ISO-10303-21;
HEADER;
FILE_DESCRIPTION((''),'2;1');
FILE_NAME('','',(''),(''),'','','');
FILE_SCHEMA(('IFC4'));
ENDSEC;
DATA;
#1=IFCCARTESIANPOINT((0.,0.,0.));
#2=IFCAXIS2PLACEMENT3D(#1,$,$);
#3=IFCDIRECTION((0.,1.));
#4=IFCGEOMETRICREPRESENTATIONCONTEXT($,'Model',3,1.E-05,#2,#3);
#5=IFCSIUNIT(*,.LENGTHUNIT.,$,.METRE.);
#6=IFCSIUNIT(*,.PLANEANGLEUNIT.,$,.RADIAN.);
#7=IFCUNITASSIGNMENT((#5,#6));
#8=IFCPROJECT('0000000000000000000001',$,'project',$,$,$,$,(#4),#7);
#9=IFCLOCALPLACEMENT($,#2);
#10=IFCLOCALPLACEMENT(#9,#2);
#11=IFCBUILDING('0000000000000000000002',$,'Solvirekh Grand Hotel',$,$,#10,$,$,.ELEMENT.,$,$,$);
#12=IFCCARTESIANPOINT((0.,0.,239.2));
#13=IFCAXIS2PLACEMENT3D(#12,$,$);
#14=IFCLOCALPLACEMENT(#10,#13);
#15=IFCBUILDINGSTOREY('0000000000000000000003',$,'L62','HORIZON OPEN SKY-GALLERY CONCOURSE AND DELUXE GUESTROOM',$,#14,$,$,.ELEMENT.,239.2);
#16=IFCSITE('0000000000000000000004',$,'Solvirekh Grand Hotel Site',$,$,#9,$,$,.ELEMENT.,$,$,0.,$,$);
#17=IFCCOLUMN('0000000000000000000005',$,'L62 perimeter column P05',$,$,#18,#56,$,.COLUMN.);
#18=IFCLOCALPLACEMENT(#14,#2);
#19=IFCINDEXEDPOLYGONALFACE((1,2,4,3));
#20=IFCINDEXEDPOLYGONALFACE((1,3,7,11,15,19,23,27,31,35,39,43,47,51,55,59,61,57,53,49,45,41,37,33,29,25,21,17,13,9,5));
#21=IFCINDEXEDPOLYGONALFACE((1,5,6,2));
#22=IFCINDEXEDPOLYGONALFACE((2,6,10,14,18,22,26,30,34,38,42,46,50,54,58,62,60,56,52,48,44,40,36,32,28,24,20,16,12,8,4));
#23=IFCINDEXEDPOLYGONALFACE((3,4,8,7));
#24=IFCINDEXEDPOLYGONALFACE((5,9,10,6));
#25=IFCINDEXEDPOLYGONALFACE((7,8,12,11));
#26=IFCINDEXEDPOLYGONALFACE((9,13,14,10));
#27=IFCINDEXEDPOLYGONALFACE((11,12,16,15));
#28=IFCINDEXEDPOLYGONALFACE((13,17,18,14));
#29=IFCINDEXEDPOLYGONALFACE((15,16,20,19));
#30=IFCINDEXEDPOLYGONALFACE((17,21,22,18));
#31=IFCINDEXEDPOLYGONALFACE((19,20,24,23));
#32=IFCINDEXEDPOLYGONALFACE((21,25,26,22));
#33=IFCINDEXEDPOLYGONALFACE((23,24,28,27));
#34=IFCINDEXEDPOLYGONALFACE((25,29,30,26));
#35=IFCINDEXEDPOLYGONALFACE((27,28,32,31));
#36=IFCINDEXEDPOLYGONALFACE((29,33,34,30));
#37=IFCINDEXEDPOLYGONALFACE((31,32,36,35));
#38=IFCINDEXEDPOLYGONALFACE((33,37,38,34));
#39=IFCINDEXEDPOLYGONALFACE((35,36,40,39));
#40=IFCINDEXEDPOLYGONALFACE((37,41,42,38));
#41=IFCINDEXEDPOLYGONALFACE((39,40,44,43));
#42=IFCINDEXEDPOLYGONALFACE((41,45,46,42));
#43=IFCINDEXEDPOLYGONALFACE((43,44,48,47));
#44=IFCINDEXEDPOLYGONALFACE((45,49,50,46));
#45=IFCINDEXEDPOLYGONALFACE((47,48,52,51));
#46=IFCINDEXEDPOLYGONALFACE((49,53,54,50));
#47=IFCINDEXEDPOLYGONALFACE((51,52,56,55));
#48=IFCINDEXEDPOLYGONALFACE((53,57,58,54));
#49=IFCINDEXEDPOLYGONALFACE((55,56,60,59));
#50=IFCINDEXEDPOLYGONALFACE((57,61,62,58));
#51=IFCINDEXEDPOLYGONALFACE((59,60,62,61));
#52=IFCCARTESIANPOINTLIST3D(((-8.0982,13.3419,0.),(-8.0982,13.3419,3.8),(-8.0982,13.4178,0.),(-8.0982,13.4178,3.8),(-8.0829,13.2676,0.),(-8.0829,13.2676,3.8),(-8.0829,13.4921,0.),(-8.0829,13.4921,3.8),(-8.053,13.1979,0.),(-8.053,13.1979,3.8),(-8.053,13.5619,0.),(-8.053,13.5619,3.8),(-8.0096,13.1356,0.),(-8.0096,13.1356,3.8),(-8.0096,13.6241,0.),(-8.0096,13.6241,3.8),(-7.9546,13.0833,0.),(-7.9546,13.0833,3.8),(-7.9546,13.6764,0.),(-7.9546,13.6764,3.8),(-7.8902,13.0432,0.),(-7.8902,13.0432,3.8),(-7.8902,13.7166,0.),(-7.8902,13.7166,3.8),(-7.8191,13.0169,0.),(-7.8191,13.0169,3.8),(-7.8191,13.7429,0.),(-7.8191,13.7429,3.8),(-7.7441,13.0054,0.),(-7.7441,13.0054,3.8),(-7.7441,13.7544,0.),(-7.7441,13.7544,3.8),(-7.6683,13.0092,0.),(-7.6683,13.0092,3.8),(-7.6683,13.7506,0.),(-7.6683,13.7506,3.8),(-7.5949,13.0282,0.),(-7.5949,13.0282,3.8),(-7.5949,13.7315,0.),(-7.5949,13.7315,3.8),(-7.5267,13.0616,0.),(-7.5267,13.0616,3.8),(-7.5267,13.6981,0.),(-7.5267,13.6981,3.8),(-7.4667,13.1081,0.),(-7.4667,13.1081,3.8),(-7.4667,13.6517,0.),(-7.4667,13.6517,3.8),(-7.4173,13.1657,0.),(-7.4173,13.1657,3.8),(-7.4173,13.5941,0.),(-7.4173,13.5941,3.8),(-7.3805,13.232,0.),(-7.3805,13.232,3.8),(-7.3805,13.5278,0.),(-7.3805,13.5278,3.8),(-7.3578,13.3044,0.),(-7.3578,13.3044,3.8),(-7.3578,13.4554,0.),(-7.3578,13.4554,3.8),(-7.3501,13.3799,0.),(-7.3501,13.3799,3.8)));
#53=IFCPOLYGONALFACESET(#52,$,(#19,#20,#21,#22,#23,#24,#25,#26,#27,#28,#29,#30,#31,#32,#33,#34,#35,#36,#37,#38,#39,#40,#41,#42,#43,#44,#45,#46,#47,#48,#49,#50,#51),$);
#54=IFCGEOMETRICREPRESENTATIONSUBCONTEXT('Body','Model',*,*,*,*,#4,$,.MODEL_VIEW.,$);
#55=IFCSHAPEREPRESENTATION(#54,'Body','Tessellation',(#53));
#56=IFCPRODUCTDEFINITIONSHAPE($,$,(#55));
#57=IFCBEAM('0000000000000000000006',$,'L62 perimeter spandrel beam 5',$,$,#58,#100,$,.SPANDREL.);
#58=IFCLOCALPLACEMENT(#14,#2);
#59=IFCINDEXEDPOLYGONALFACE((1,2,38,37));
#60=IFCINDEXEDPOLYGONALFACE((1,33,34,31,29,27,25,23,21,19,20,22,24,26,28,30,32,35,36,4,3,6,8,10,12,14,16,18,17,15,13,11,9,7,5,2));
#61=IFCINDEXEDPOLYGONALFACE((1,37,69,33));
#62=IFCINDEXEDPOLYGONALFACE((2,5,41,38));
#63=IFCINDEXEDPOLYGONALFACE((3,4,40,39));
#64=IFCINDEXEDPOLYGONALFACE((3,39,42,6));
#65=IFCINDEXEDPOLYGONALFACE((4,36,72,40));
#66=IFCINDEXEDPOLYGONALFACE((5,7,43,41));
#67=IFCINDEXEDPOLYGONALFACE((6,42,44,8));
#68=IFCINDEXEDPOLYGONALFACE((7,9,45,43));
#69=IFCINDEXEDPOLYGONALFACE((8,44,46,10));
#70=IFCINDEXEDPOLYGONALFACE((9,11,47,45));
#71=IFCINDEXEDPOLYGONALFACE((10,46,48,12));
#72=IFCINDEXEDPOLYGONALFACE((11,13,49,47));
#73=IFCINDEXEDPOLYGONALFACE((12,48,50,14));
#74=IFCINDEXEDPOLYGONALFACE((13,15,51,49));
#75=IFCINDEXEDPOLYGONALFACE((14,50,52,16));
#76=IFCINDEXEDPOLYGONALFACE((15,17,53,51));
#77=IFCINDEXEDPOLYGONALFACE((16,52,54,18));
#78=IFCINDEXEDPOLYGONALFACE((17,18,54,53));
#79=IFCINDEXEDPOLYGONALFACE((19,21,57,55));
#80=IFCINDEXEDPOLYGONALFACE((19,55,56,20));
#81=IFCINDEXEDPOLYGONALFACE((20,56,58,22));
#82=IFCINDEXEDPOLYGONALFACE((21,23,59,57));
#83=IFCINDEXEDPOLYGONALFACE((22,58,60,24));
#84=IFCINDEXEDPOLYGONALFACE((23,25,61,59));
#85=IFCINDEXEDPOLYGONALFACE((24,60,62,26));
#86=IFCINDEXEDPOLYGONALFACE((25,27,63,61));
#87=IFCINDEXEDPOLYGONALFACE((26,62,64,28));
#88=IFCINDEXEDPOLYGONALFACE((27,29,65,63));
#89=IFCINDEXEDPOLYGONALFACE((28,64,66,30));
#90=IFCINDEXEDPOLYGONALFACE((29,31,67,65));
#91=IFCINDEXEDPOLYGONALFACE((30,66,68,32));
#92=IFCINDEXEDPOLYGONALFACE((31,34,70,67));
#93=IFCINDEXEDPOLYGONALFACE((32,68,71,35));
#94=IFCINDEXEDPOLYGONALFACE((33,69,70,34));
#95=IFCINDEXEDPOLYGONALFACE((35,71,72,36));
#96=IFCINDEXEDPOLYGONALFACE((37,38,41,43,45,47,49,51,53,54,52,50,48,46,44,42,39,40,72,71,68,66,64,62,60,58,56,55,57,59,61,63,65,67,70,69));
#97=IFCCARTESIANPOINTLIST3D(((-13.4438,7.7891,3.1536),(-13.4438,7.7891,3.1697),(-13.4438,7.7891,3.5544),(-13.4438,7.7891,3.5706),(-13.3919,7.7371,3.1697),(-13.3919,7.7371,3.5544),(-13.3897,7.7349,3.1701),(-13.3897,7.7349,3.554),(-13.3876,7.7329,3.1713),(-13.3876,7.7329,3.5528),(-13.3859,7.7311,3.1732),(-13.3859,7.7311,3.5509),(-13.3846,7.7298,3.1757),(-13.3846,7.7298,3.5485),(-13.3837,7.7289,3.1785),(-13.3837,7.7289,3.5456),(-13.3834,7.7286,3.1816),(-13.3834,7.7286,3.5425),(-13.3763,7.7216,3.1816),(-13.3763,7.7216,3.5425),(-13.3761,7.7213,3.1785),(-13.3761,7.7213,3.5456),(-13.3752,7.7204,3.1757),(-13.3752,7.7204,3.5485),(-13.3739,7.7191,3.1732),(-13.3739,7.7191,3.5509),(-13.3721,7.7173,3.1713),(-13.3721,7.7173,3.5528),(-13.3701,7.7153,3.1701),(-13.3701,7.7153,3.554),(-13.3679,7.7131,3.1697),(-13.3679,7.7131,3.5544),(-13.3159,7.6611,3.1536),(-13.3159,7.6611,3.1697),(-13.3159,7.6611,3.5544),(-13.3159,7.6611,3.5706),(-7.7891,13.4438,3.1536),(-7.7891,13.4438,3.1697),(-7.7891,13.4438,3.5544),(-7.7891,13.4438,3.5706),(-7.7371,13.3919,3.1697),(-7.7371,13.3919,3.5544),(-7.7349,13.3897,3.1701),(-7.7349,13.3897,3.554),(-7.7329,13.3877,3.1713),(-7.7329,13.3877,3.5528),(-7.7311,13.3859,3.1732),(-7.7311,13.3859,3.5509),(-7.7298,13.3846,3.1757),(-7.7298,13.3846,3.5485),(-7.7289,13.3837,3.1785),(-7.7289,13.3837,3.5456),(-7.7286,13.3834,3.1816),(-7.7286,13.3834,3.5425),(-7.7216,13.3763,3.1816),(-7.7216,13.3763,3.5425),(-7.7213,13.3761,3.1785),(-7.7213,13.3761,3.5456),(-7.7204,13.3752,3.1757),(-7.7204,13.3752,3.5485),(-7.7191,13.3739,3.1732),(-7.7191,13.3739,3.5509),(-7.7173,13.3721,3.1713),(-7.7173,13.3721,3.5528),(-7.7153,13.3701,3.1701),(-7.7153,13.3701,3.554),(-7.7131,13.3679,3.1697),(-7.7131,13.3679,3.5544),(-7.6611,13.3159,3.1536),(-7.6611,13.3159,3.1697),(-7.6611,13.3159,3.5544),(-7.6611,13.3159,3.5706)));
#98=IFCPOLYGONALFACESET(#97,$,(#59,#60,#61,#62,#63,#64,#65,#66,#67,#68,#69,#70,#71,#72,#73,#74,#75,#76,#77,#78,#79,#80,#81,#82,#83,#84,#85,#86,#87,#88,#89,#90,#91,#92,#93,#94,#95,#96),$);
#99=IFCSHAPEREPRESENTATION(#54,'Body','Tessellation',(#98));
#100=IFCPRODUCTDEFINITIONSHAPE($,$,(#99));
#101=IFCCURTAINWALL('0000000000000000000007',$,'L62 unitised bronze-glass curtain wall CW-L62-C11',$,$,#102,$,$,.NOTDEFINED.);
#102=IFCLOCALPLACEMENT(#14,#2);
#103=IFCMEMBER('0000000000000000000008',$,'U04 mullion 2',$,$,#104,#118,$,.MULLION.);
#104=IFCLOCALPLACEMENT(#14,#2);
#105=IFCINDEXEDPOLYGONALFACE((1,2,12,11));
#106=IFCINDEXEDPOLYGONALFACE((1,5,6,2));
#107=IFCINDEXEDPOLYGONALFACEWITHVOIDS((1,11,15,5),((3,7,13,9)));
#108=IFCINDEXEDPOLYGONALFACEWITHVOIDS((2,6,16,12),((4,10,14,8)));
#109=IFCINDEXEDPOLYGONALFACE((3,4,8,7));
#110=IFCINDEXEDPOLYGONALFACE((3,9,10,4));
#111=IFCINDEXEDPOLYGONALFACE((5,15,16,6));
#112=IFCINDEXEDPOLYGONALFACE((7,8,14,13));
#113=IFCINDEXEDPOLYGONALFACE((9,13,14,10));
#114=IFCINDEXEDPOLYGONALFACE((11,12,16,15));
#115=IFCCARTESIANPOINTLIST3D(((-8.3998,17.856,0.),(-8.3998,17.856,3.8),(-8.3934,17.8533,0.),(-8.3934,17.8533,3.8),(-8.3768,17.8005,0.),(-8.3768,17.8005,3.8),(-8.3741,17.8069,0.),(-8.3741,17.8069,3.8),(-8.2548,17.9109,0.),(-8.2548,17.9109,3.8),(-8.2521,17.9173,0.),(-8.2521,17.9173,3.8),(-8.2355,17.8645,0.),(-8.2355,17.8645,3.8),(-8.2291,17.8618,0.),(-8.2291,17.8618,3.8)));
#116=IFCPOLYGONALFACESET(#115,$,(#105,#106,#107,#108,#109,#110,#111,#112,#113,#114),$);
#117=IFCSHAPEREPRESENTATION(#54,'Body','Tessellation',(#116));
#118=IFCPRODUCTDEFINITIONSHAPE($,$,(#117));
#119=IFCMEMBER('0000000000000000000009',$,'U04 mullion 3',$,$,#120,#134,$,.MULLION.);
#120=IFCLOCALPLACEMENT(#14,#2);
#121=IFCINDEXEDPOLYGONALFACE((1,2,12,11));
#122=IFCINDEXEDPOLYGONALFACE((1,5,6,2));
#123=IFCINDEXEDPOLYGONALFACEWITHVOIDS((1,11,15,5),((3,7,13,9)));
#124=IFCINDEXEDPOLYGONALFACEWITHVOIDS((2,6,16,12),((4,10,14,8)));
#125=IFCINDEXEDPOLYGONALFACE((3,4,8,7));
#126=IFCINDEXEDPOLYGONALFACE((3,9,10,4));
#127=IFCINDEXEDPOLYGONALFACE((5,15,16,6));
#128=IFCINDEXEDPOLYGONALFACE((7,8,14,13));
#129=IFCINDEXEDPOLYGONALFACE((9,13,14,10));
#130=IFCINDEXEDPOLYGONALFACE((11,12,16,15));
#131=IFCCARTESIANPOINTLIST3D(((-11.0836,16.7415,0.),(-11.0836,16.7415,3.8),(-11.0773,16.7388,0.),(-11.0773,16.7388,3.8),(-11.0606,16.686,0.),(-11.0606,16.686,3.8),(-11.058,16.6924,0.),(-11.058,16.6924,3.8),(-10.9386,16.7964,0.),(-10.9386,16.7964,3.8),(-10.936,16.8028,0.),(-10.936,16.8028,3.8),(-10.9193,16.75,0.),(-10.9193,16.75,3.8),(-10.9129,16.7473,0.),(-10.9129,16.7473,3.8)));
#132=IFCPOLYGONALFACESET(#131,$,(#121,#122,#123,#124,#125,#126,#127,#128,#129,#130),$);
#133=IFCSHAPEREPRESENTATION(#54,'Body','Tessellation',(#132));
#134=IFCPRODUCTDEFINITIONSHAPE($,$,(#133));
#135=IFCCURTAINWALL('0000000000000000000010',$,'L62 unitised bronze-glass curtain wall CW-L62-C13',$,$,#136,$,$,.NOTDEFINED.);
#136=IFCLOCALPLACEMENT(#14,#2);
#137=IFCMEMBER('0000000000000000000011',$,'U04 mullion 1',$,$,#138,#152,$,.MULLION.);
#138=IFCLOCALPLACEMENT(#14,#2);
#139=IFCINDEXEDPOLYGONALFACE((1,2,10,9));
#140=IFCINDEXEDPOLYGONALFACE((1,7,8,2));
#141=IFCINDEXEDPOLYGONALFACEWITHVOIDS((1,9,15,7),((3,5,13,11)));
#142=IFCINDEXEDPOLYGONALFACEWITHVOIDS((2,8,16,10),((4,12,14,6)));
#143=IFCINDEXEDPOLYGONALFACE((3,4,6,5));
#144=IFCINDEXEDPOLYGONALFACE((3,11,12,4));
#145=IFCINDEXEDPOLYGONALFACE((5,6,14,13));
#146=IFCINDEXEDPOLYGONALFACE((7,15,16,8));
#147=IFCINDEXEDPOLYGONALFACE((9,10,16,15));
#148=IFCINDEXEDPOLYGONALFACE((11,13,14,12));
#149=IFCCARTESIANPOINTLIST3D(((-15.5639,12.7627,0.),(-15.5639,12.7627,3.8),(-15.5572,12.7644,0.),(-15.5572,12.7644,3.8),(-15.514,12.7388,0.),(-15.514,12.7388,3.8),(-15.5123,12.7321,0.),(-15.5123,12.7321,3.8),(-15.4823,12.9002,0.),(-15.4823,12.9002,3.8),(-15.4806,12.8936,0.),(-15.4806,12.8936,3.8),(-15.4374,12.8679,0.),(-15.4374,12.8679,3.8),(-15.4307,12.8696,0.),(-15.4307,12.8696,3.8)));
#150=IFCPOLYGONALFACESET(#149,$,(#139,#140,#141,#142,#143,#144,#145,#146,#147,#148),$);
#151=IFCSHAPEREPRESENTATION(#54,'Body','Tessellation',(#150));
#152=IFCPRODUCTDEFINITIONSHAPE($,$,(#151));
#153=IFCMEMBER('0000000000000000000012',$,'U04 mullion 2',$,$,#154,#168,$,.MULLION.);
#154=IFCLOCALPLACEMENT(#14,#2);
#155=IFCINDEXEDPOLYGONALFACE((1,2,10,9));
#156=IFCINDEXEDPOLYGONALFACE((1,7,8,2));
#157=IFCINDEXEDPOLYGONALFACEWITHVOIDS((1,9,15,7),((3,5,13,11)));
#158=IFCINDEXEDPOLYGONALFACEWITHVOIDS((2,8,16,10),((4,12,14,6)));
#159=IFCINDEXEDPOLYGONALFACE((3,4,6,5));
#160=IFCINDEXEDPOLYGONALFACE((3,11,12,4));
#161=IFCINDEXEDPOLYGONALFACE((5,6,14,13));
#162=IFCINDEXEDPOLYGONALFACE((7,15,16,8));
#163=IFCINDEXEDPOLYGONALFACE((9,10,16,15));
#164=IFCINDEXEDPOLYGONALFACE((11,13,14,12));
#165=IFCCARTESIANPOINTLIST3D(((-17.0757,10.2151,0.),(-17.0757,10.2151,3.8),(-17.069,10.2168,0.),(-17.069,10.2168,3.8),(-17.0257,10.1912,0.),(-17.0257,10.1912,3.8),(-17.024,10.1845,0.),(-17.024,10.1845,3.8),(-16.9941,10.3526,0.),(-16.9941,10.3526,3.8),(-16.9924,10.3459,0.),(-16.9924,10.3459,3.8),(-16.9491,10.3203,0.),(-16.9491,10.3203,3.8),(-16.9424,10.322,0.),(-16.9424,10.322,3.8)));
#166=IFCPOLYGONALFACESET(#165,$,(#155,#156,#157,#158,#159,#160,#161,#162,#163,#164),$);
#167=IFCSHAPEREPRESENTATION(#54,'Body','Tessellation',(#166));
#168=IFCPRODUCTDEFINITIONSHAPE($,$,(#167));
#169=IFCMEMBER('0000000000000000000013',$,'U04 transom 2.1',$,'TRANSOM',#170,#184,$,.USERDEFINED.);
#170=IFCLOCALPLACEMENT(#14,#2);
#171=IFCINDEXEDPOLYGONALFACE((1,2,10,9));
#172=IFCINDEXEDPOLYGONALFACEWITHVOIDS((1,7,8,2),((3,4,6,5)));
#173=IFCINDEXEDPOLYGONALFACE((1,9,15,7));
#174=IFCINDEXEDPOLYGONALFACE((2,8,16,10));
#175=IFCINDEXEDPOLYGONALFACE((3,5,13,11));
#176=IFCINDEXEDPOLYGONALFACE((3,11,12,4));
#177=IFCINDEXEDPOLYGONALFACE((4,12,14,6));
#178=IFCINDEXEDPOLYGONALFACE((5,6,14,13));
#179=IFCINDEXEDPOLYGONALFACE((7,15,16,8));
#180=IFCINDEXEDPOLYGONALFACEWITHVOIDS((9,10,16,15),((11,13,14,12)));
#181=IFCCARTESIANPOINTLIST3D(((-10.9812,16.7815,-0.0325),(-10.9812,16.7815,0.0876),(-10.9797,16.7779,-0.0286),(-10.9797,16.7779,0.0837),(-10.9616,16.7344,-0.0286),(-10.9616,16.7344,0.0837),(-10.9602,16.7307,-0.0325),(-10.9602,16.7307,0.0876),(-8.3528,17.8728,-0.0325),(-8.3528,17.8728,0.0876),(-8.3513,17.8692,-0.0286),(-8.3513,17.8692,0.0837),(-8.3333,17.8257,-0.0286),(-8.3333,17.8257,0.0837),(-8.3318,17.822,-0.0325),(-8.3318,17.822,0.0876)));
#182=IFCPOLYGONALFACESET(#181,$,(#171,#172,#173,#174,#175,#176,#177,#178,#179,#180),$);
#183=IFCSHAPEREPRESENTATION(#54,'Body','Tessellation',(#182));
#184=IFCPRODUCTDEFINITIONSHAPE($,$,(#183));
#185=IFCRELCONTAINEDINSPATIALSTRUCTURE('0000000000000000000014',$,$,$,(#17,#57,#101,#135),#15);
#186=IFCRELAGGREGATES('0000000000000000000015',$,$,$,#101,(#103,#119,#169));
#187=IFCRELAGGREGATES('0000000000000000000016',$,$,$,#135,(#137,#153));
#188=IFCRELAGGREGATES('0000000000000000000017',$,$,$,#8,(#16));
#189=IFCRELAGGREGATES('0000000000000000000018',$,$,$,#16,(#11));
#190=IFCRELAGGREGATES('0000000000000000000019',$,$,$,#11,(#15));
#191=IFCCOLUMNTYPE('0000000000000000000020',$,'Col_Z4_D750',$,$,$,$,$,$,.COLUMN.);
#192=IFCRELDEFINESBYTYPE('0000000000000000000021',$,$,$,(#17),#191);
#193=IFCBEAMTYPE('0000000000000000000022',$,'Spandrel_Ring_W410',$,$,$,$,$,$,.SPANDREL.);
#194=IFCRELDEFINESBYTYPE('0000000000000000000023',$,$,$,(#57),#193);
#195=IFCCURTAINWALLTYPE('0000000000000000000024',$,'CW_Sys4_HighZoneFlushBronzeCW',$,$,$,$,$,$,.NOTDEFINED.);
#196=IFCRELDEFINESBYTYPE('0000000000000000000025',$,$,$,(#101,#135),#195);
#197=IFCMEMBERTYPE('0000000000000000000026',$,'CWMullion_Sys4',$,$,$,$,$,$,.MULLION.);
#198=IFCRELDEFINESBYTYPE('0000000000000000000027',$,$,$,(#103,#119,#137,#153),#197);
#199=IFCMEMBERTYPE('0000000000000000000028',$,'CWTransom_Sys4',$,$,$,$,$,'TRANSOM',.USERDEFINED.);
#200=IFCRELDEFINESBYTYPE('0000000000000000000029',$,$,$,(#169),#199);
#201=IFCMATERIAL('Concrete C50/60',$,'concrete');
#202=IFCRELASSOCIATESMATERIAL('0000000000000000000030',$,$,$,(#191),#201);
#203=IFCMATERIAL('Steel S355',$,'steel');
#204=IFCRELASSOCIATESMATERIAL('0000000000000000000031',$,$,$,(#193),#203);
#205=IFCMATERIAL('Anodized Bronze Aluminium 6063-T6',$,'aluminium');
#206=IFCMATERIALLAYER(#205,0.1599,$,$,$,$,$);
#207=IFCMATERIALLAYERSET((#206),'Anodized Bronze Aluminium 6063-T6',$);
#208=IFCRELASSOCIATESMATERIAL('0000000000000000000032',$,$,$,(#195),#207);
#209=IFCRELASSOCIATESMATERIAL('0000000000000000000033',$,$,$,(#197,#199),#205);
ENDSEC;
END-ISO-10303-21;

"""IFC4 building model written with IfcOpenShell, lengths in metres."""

from ifc_helpers import new_model, si_unit, direction, frame, origin, origin_2d, place, context, subcontext, project, spatial, hollow_rectangle, circle, i_section, extrude, source, transform, mapped, material, layer, layer_set, material_profile, profile_set, type_object, element, aggregate, save


model = new_model("IFC4")

# Units and contexts
model_context = context("Model", 3, precision=1e-05, world=origin(), true_north=direction((0.0, 1.0)))
body_context = subcontext(model_context, "Body", "Model", "MODEL_VIEW")
ifc_project = project(units=[si_unit("LENGTHUNIT", "METRE"), si_unit("PLANEANGLEUNIT", "RADIAN")], contexts=[model_context])

# Site, building, storey
site_placement = place(None, origin())
site = spatial("IfcSite", under=ifc_project, at=site_placement, Name="Solvirekh Grand Hotel Site", CompositionType="ELEMENT", RefElevation=0.0)
building_placement = place(site_placement, origin())
building = spatial("IfcBuilding", under=site, at=building_placement, Name="Solvirekh Grand Hotel", CompositionType="ELEMENT")
storey_placement = place(building_placement, frame((0.0, 0.0, 239.2)))
storey = spatial("IfcBuildingStorey", under=building, at=storey_placement, Name="L62", Description="HORIZON OPEN SKY-GALLERY CONCOURSE AND DELUXE GUESTROOM", CompositionType="ELEMENT", Elevation=239.2)

# Column
ifc_material_1 = material(Name="Concrete C50/60", Category="concrete")
ifc_material_profile_1 = material_profile(ifc_material_1, circle(Radius=0.375, at=origin_2d()), Name="RC CIRC D750")
ifc_profile_set_1 = profile_set([ifc_material_profile_1], Name="Concrete C50/60")
column_type = type_object("IfcColumnType", Name="Col_Z4_D750", PredefinedType="COLUMN", material=ifc_profile_set_1)
column_placement = place(storey_placement, frame((-7.7251, 13.3799, 0.0), z_axis=(0.0, 0.0, 1.0), x_axis=(1.0, 0.0, 0.0)))
element("IfcColumn", 1, at=column_placement, inside=storey, type_object=column_type, Name="L62 perimeter column P05", PredefinedType="COLUMN", context=body_context, shape_type="SweptSolid", body=[
    extrude(circle(Radius=0.375, at=origin_2d()), origin(), (0.0, 0.0, 1.0), 3.8),
])

# Beam
ifc_material_2 = material(Name="Steel S355", Category="steel")
ifc_material_profile_2 = material_profile(ifc_material_2, i_section(OverallWidth=0.1809, OverallDepth=0.417, WebThickness=0.01, FlangeThickness=0.0161, FilletRadius=0.012, at=origin_2d()), Name="W410X85")
ifc_profile_set_2 = profile_set([ifc_material_profile_2], Name="Steel S355")
beam_type = type_object("IfcBeamType", Name="Spandrel_Ring_W410", PredefinedType="SPANDREL", material=ifc_profile_set_2)
beam_placement = place(storey_placement, frame((-7.7251, 13.3799, 3.3621), z_axis=(-0.707107, -0.707107, 0.0), x_axis=(0.707107, -0.707107, 0.0)))
element("IfcBeam", 2, at=beam_placement, inside=storey, type_object=beam_type, Name="L62 perimeter spandrel beam 5", PredefinedType="SPANDREL", context=body_context, shape_type="SweptSolid", body=[
    extrude(i_section(OverallWidth=0.1809, OverallDepth=0.417, WebThickness=0.01, FlangeThickness=0.0161, FilletRadius=0.012, at=origin_2d()), origin(), (0.0, 0.0, 1.0), 7.9971),
])

# Curtain walls, members
ifc_material_3 = material(Name="Anodized Bronze Aluminium 6063-T6", Category="aluminium")
ifc_layer_1 = layer(ifc_material_3, 0.1599)
ifc_layer_set_1 = layer_set([ifc_layer_1], Name="Anodized Bronze Aluminium 6063-T6")
curtain_wall_type = type_object("IfcCurtainWallType", Name="CW_Sys4_HighZoneFlushBronzeCW", PredefinedType="NOTDEFINED", material=ifc_layer_set_1)
curtain_wall_1_placement = place(storey_placement, origin())
curtain_wall_1 = element("IfcCurtainWall", 3, at=curtain_wall_1_placement, inside=storey, type_object=curtain_wall_type, Name="L62 unitised bronze-glass curtain wall CW-L62-C11", PredefinedType="NOTDEFINED")
ifc_material_profile_3 = material_profile(ifc_material_3, hollow_rectangle(XDim=0.0601, YDim=0.1599, WallThickness=0.0049, at=origin_2d()), Name="ALU RHS 160X60X5")
ifc_profile_set_3 = profile_set([ifc_material_profile_3], Name="Anodized Bronze Aluminium 6063-T6")
member_type_1 = type_object("IfcMemberType", Name="CWMullion_Sys4", PredefinedType="MULLION", material=ifc_profile_set_3)
shared_shape_1 = source(origin(), body_context, "Body", "SweptSolid", [
    extrude(hollow_rectangle(XDim=0.0601, YDim=0.1599, WallThickness=0.0049, at=origin_2d()), origin(), (0.0, 0.0, 1.0), 3.8),
])
member_1_placement = place(storey_placement, frame((-8.3145, 17.8589, 0.0), z_axis=(0.0, 0.0, 1.0), x_axis=(0.383515, -0.923535, 0.0)))
member_1 = element("IfcMember", 4, at=member_1_placement, type_object=member_type_1, Name="U04 mullion 2", PredefinedType="MULLION", context=body_context, shape_type="MappedRepresentation", body=[
    mapped(shared_shape_1, transform((0.0, 0.0, 0.0), x_axis=(1.0, 0.0, 0.0), y_axis=(0.0, 1.0, 0.0), z_axis=(0.0, 0.0, 1.0), scale=1.0)),
])
member_2_placement = place(storey_placement, frame((-10.9983, 16.7444, 0.0), z_axis=(0.0, 0.0, 1.0), x_axis=(0.383515, -0.923535, 0.0)))
member_2 = element("IfcMember", 5, at=member_2_placement, type_object=member_type_1, Name="U04 mullion 3", PredefinedType="MULLION", context=body_context, shape_type="MappedRepresentation", body=[
    mapped(shared_shape_1, transform((0.0, 0.0, 0.0), x_axis=(1.0, 0.0, 0.0), y_axis=(0.0, 1.0, 0.0), z_axis=(0.0, 0.0, 1.0), scale=1.0)),
])
curtain_wall_2_placement = place(storey_placement, origin())
curtain_wall_2 = element("IfcCurtainWall", 6, at=curtain_wall_2_placement, inside=storey, type_object=curtain_wall_type, Name="L62 unitised bronze-glass curtain wall CW-L62-C13", PredefinedType="NOTDEFINED")
member_3_placement = place(storey_placement, frame((-15.4973, 12.8162, 0.0), z_axis=(0.0, 0.0, 1.0), x_axis=(0.860004, -0.510288, 0.0)))
member_3 = element("IfcMember", 7, at=member_3_placement, type_object=member_type_1, Name="U04 mullion 1", PredefinedType="MULLION", context=body_context, shape_type="MappedRepresentation", body=[
    mapped(shared_shape_1, transform((0.0, 0.0, 0.0), x_axis=(1.0, 0.0, 0.0), y_axis=(0.0, 1.0, 0.0), z_axis=(0.0, 0.0, 1.0), scale=1.0)),
])
member_4_placement = place(storey_placement, frame((-17.009, 10.2686, 0.0), z_axis=(0.0, 0.0, 1.0), x_axis=(0.860004, -0.510288, 0.0)))
member_4 = element("IfcMember", 8, at=member_4_placement, type_object=member_type_1, Name="U04 mullion 2", PredefinedType="MULLION", context=body_context, shape_type="MappedRepresentation", body=[
    mapped(shared_shape_1, transform((0.0, 0.0, 0.0), x_axis=(1.0, 0.0, 0.0), y_axis=(0.0, 1.0, 0.0), z_axis=(0.0, 0.0, 1.0), scale=1.0)),
])

# Member
ifc_material_profile_4 = material_profile(ifc_material_3, hollow_rectangle(XDim=0.0549, YDim=0.1201, WallThickness=0.0039, at=origin_2d()), Name="ALU RHS 120X55X4")
ifc_profile_set_4 = profile_set([ifc_material_profile_4], Name="Anodized Bronze Aluminium 6063-T6")
member_type_2 = type_object("IfcMemberType", Name="CWTransom_Sys4", ElementType="TRANSOM", PredefinedType="USERDEFINED", material=ifc_profile_set_4)
shared_shape_2 = source(origin(), body_context, "Body", "SweptSolid", [
    extrude(hollow_rectangle(XDim=0.0549, YDim=0.1201, WallThickness=0.0039, at=origin_2d()), origin(), (0.0, 0.0, 1.0), 2.8459),
])
member_5_placement = place(storey_placement, frame((-8.3423, 17.8474, 0.0276), z_axis=(-0.923558, -0.383458, 0.0), x_axis=(0.383458, -0.923558, 0.0)))
member_5 = element("IfcMember", 9, at=member_5_placement, type_object=member_type_2, Name="U04 transom 2.1", ObjectType="TRANSOM", PredefinedType="USERDEFINED", context=body_context, shape_type="MappedRepresentation", body=[
    mapped(shared_shape_2, transform((0.0, 0.0, 0.0), x_axis=(1.0, 0.0, 0.0), y_axis=(0.0, 1.0, 0.0), z_axis=(0.0, 0.0, 1.0), scale=1.0)),
])

aggregate(curtain_wall_1, [member_1, member_2, member_5])
aggregate(curtain_wall_2, [member_3, member_4])

save(model, "model.ifc")
